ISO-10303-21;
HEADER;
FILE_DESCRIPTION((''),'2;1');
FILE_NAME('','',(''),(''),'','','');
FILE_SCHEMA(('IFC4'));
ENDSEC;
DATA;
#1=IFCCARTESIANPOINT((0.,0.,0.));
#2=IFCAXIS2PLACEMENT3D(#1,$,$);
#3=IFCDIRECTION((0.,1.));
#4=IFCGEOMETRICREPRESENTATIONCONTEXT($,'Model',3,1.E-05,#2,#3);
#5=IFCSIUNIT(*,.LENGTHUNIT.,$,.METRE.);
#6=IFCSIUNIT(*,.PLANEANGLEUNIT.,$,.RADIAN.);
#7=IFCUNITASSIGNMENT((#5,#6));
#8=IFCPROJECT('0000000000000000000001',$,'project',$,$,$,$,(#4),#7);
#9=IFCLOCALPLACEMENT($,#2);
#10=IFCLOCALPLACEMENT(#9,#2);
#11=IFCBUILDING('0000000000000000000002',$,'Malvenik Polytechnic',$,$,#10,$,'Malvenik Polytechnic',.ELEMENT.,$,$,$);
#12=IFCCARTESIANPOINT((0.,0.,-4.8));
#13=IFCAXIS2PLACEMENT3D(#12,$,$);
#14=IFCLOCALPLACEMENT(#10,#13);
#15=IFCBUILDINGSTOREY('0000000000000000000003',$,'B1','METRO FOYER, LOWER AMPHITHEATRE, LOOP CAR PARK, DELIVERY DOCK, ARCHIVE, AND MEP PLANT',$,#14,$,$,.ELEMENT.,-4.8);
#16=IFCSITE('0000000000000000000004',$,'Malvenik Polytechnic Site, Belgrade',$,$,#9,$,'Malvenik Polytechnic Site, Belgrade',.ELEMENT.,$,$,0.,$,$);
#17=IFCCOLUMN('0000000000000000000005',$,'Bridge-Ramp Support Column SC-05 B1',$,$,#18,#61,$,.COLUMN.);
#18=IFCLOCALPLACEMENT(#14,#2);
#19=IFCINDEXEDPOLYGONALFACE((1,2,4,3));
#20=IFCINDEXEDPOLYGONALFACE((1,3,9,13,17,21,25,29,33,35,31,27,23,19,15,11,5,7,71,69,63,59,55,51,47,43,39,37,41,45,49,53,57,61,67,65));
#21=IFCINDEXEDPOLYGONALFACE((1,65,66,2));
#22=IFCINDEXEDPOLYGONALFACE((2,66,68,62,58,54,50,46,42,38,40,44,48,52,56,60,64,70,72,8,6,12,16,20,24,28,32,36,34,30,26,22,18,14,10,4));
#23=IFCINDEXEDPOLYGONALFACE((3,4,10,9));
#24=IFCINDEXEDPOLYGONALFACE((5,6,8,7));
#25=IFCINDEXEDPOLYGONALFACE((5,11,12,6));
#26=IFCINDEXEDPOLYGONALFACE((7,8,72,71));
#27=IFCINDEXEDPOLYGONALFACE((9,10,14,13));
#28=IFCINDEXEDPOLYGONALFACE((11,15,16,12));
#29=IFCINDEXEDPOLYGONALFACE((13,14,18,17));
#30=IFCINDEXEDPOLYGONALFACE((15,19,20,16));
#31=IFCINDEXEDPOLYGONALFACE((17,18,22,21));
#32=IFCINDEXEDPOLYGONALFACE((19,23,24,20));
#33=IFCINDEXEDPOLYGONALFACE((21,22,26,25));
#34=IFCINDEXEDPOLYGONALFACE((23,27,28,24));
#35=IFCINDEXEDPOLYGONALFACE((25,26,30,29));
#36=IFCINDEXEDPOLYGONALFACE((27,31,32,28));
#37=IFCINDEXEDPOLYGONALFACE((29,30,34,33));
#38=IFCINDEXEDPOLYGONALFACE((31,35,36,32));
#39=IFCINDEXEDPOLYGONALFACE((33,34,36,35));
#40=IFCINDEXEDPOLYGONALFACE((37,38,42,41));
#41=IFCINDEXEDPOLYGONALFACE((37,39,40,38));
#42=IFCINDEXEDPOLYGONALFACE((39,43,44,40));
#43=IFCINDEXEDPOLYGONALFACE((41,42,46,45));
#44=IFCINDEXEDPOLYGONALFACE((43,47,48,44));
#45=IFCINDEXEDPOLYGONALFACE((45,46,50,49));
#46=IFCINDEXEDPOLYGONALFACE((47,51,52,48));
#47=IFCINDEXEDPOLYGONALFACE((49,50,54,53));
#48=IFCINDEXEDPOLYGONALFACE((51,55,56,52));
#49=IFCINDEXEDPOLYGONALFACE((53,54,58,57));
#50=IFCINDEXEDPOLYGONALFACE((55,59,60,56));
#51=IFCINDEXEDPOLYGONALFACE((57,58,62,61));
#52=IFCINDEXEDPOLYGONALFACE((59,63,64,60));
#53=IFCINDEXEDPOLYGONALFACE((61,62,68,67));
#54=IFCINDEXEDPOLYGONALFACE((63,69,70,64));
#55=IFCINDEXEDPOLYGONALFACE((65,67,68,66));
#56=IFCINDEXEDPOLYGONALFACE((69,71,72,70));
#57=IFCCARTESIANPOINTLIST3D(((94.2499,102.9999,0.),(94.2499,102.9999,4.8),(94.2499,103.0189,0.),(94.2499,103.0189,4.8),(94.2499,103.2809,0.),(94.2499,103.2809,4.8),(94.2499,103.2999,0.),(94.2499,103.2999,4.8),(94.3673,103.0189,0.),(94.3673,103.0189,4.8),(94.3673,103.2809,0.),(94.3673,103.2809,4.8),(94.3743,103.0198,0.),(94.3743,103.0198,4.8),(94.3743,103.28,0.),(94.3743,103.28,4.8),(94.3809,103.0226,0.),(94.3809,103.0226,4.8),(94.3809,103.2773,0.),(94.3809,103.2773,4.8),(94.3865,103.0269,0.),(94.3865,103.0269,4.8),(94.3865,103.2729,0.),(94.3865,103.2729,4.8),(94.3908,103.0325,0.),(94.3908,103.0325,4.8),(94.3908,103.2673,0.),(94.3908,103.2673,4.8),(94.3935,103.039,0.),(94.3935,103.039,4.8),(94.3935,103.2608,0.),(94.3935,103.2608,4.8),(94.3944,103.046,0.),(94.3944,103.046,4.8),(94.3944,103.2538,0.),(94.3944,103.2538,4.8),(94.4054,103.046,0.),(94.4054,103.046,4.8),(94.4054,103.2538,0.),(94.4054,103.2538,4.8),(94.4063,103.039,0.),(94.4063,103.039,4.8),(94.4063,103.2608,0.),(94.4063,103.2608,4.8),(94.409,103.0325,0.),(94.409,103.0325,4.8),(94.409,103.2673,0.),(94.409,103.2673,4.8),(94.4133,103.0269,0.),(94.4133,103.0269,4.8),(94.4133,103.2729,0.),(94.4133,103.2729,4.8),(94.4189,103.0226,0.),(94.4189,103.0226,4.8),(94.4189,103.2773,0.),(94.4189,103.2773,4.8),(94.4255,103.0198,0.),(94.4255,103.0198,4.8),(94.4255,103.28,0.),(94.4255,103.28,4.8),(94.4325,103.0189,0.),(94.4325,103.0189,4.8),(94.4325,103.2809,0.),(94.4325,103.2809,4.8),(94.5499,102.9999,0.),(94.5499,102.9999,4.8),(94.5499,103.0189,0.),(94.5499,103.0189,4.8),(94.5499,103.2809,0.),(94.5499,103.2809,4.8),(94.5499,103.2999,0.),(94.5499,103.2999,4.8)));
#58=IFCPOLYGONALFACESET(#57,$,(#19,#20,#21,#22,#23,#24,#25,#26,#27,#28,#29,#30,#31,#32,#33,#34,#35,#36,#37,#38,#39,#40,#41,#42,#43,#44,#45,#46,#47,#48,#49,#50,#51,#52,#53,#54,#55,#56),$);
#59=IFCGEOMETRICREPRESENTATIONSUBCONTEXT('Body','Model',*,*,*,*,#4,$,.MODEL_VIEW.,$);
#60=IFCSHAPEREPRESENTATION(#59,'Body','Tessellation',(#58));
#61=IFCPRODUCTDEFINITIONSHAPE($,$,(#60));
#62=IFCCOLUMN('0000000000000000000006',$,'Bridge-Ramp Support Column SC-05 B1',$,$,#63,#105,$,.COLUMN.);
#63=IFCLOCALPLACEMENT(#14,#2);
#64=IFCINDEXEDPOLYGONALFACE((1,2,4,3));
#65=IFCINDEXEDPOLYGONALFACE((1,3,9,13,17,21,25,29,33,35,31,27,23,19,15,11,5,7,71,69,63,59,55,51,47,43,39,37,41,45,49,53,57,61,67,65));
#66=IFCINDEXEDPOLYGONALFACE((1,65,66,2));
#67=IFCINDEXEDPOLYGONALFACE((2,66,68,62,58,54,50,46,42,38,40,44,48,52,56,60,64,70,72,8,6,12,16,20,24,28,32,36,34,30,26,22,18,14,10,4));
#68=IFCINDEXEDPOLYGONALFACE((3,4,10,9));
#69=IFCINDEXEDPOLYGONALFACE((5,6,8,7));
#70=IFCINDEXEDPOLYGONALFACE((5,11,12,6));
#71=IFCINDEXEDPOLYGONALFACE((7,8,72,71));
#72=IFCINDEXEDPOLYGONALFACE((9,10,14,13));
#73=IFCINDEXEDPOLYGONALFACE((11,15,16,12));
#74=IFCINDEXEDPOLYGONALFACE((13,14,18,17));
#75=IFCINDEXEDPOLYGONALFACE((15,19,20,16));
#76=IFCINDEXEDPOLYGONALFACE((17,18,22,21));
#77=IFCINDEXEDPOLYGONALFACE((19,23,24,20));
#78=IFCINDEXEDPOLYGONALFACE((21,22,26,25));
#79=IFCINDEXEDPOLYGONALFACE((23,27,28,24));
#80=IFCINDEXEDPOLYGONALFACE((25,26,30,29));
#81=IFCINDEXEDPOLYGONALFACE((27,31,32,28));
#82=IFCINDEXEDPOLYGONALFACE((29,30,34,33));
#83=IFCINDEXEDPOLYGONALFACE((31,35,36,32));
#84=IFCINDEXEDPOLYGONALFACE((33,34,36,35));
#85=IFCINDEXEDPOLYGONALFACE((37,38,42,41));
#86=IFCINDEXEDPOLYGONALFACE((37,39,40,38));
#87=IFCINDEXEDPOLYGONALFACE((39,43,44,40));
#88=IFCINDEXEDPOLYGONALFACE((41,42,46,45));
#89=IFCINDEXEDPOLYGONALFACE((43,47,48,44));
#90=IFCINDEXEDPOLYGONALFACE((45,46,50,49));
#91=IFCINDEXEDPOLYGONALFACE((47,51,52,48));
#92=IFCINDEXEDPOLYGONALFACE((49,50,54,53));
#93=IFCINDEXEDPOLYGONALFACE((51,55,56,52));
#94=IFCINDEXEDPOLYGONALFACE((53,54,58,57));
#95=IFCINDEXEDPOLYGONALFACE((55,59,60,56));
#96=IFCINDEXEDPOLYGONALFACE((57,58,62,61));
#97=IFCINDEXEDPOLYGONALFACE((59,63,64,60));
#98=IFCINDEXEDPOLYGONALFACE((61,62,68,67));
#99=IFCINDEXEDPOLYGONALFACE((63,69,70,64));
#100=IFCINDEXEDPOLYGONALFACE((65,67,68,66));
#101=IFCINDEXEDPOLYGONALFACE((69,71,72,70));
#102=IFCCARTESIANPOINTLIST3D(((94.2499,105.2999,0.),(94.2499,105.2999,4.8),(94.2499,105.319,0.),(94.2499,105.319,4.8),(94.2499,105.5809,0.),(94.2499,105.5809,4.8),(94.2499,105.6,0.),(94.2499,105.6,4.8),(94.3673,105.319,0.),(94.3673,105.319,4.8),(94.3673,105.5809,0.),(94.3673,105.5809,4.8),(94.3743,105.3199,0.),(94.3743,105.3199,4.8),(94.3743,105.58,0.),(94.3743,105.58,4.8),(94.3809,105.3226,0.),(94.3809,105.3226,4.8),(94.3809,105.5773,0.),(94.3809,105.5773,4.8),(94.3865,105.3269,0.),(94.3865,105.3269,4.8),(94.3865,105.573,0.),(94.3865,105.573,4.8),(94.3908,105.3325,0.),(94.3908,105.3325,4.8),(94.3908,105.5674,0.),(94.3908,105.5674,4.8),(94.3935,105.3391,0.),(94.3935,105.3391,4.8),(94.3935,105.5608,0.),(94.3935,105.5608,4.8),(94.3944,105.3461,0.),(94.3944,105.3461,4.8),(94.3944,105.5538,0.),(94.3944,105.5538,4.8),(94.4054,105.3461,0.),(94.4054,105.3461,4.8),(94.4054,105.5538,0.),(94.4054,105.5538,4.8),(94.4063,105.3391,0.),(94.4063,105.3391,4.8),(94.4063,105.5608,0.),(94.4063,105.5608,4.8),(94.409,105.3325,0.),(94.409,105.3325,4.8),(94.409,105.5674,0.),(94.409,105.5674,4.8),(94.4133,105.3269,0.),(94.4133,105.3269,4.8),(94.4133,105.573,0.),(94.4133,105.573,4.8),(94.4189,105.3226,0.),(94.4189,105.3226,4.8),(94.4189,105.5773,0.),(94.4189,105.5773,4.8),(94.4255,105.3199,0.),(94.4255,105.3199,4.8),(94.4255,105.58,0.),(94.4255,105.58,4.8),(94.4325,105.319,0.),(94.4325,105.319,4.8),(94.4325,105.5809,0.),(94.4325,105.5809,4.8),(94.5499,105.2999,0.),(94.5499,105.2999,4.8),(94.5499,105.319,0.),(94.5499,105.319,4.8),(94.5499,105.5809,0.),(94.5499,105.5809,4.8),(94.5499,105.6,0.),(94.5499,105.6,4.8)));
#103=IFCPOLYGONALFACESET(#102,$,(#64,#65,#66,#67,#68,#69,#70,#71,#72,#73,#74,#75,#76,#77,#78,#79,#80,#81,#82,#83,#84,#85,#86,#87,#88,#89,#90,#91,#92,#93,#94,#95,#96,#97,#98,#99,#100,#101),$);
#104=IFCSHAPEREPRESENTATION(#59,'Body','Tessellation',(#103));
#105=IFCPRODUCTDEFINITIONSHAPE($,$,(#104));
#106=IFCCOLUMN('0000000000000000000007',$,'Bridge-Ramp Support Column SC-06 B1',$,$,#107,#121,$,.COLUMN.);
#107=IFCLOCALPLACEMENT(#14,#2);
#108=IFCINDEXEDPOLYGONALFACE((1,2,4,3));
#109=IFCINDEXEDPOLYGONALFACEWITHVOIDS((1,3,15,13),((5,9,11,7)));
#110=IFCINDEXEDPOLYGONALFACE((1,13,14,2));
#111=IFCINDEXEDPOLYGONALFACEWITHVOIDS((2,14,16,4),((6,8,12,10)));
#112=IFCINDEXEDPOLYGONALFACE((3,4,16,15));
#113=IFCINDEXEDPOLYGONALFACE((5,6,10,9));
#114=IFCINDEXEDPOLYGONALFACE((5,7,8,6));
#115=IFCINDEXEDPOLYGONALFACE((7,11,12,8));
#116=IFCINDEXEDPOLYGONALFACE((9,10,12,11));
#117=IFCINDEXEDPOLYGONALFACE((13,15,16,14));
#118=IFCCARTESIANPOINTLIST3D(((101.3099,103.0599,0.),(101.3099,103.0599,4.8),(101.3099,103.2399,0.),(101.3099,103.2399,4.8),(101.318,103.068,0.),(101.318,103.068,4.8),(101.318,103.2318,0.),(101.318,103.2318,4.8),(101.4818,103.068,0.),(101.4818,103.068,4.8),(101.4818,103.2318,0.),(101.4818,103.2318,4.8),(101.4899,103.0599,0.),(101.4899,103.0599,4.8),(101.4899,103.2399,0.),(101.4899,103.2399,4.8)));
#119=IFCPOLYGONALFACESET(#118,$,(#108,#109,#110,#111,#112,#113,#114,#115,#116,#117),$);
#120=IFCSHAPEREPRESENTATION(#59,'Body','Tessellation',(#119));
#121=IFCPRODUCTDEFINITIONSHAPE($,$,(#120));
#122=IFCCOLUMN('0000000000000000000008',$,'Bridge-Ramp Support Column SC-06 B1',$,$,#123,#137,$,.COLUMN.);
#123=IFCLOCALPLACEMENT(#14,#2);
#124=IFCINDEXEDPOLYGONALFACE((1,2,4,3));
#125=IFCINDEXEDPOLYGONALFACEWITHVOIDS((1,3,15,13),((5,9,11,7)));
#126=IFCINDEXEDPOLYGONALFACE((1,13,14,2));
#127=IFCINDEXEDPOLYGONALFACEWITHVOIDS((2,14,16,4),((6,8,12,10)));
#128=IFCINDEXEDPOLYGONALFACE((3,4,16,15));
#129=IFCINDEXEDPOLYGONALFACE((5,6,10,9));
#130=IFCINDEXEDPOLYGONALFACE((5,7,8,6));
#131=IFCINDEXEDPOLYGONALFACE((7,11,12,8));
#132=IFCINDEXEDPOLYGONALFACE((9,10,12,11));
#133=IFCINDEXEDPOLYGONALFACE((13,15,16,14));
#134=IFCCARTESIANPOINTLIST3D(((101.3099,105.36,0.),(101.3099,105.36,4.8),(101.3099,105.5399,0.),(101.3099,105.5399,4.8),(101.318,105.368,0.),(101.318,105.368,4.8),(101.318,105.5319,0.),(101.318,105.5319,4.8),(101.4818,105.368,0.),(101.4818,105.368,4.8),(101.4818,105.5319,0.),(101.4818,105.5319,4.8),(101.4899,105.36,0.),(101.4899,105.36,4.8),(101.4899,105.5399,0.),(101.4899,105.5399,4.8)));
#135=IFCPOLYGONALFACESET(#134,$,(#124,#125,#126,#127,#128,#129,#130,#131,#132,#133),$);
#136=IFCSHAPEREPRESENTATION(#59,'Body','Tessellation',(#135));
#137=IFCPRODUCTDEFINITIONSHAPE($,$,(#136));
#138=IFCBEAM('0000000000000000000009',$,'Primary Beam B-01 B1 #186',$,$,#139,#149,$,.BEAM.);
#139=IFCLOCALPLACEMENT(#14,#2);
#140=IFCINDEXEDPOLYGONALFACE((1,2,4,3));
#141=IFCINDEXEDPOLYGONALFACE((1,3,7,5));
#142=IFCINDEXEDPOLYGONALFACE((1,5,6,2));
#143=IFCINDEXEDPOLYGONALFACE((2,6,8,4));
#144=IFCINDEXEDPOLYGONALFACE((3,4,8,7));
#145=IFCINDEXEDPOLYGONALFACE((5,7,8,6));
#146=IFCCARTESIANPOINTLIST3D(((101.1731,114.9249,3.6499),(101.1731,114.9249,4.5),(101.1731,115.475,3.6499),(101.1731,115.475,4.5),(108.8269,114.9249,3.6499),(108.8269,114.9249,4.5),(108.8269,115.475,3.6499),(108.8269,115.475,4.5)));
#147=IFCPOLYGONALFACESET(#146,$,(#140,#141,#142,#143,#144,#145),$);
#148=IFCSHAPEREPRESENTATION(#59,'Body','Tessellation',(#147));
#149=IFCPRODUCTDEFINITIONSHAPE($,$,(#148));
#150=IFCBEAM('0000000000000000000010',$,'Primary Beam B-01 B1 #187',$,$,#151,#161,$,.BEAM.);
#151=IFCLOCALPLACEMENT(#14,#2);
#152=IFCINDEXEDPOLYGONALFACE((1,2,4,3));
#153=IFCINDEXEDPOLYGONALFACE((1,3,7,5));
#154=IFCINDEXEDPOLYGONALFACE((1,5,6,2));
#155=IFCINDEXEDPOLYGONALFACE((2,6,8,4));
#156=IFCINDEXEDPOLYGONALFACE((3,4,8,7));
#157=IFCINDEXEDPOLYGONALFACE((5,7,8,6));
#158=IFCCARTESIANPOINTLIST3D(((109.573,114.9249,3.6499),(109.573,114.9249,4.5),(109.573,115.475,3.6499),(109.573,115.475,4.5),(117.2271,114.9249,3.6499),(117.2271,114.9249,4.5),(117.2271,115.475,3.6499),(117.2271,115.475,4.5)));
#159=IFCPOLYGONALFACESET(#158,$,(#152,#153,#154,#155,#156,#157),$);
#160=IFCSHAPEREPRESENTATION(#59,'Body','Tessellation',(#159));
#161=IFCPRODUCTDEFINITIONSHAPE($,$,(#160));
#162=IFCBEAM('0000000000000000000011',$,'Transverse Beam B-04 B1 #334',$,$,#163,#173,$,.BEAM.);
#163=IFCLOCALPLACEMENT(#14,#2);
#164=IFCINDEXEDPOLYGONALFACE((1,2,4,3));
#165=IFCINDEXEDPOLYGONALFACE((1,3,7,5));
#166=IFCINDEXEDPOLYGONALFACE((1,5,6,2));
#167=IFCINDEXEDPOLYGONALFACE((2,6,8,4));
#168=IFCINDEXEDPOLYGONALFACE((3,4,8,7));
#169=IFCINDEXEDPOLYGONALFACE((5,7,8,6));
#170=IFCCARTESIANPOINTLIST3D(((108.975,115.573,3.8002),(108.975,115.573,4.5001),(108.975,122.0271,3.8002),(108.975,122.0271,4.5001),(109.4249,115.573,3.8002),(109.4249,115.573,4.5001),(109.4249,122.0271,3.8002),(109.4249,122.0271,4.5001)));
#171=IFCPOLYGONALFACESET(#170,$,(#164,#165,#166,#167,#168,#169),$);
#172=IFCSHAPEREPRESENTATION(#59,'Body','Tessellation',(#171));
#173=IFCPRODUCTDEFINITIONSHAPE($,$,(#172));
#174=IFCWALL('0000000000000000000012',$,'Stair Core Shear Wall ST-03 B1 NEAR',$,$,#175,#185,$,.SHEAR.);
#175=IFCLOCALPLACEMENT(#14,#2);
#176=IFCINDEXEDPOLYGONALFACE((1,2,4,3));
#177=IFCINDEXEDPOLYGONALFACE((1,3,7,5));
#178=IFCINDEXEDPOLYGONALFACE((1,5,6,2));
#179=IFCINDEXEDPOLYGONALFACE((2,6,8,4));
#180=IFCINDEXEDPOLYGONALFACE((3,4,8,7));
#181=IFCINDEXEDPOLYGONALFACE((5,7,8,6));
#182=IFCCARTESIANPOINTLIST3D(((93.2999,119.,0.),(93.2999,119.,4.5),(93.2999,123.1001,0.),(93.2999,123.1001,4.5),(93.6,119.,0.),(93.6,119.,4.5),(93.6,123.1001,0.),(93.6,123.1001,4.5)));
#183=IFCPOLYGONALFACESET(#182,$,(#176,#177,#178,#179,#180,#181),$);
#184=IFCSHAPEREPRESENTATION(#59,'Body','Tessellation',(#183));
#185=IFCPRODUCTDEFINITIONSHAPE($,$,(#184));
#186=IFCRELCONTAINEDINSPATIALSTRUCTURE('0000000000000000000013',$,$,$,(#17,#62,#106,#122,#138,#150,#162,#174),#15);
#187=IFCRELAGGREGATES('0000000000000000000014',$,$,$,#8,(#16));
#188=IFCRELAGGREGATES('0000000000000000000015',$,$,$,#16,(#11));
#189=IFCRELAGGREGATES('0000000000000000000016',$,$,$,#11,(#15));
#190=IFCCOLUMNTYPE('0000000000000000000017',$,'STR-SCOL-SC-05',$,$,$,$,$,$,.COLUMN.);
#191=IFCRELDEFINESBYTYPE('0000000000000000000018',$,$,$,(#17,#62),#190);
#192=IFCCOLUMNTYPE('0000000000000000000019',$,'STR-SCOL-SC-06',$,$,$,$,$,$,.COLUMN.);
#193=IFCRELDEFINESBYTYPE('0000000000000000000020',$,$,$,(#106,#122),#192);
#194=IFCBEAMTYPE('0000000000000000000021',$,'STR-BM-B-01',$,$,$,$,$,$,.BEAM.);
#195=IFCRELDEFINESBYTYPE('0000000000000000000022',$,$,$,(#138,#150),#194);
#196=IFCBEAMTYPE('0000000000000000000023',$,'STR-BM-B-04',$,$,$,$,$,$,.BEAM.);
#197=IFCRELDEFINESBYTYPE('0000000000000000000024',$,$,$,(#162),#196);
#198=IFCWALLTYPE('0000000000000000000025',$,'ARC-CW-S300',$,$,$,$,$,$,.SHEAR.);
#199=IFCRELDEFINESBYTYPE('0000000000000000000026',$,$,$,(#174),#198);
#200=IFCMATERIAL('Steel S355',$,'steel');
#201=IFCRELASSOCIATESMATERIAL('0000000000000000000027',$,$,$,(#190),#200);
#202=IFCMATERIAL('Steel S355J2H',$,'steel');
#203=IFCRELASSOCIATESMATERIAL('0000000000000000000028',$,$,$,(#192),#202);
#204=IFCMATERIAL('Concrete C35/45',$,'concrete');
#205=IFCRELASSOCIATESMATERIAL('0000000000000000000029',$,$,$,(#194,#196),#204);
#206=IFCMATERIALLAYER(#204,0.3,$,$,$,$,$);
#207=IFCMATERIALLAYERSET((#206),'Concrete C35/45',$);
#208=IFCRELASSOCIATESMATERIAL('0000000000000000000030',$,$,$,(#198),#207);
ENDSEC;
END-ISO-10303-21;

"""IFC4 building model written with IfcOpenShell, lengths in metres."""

from ifc_helpers import new_model, si_unit, direction, frame, frame_2d, origin, origin_2d, place, context, subcontext, project, spatial, rectangle, hollow_rectangle, i_section, extrude, material, layer, layer_set, material_profile, profile_set, type_object, element, save


model = new_model("IFC4")

# Units and contexts
model_context = context("Model", 3, precision=1e-05, world=origin(), true_north=direction((0.0, 1.0)))
body_context = subcontext(model_context, "Body", "Model", "MODEL_VIEW")
ifc_project = project(units=[si_unit("LENGTHUNIT", "METRE"), si_unit("PLANEANGLEUNIT", "RADIAN")], contexts=[model_context])

# Site, building, storey
site_placement = place(None, origin())
site = spatial("IfcSite", under=ifc_project, at=site_placement, Name="Malvenik Polytechnic Site, Belgrade", LongName="Malvenik Polytechnic Site, Belgrade", CompositionType="ELEMENT", RefElevation=0.0)
building_placement = place(site_placement, origin())
building = spatial("IfcBuilding", under=site, at=building_placement, Name="Malvenik Polytechnic", LongName="Malvenik Polytechnic", CompositionType="ELEMENT")
storey_placement = place(building_placement, frame((0.0, 0.0, -4.8)))
storey = spatial("IfcBuildingStorey", under=building, at=storey_placement, Name="B1", Description="METRO FOYER, LOWER AMPHITHEATRE, LOOP CAR PARK, DELIVERY DOCK, ARCHIVE, AND MEP PLANT", CompositionType="ELEMENT", Elevation=-4.8)

# Shared definitions
ifc_material_1 = material(Name="Concrete C35/45", Category="concrete")

# Columns
ifc_material_2 = material(Name="Steel S355J2H", Category="steel")
ifc_material_3 = material(Name="Steel S355", Category="steel")
ifc_material_profile_1 = material_profile(ifc_material_3, i_section(OverallWidth=0.3, OverallDepth=0.3, WebThickness=0.011, FlangeThickness=0.019, FilletRadius=0.0271, at=origin_2d()), Name="HEB 300")
ifc_profile_set_1 = profile_set([ifc_material_profile_1], Name="Steel S355")
column_type_1 = type_object("IfcColumnType", Name="STR-SCOL-SC-05", PredefinedType="COLUMN", material=ifc_profile_set_1)
for number, where, z_axis, x_axis, name in (
    (1, (94.3999, 103.1499, 0.0), (0.0, 0.0, 1.0), (1.0, 0.0, 0.0), "Bridge-Ramp Support Column SC-05 B1"),
    (2, (94.3999, 105.45, 0.0), (0.0, 0.0, 1.0), (1.0, 0.0, 0.0), "Bridge-Ramp Support Column SC-05 B1"),
):
    element("IfcColumn", number, at=place(storey_placement, frame(where, z_axis=z_axis, x_axis=x_axis)), inside=storey, type_object=column_type_1, Name=name, PredefinedType="COLUMN", context=body_context, shape_type="SweptSolid", body=[
        extrude(i_section(OverallWidth=0.3, OverallDepth=0.3, WebThickness=0.011, FlangeThickness=0.019, FilletRadius=0.0271, at=origin_2d()), origin(), (0.0, 0.0, 1.0), 4.8),
    ])
ifc_material_profile_2 = material_profile(ifc_material_2, hollow_rectangle(XDim=0.1799, YDim=0.1799, WallThickness=0.0081, at=origin_2d()), Name="SHS 180x180x8.0")
ifc_profile_set_2 = profile_set([ifc_material_profile_2], Name="Steel S355J2H")
column_type_2 = type_object("IfcColumnType", Name="STR-SCOL-SC-06", PredefinedType="COLUMN", material=ifc_profile_set_2)
for number, where, z_axis, x_axis, name in (
    (3, (101.3999, 103.1499, 0.0), (0.0, 0.0, 1.0), (1.0, 0.0, 0.0), "Bridge-Ramp Support Column SC-06 B1"),
    (4, (101.3999, 105.45, 0.0), (0.0, 0.0, 1.0), (1.0, 0.0, 0.0), "Bridge-Ramp Support Column SC-06 B1"),
):
    element("IfcColumn", number, at=place(storey_placement, frame(where, z_axis=z_axis, x_axis=x_axis)), inside=storey, type_object=column_type_2, Name=name, PredefinedType="COLUMN", context=body_context, shape_type="SweptSolid", body=[
        extrude(hollow_rectangle(XDim=0.1799, YDim=0.1799, WallThickness=0.0081, at=origin_2d()), origin(), (0.0, 0.0, 1.0), 4.8),
    ])

# Beams
ifc_material_profile_3 = material_profile(ifc_material_1, rectangle(XDim=0.55, YDim=0.8501, at=origin_2d()), Name="RC BM 550x850")
ifc_profile_set_3 = profile_set([ifc_material_profile_3], Name="Concrete C35/45")
beam_type_1 = type_object("IfcBeamType", Name="STR-BM-B-01", PredefinedType="BEAM", material=ifc_profile_set_3)
beam_1_placement = place(storey_placement, frame((101.1731, 115.2, 4.075), z_axis=(1.0, 0.0, 0.0), x_axis=(0.0, 1.0, 0.0)))
element("IfcBeam", 5, at=beam_1_placement, inside=storey, type_object=beam_type_1, Name="Primary Beam B-01 B1 #186", PredefinedType="BEAM", context=body_context, shape_type="SweptSolid", body=[
    extrude(rectangle(XDim=0.55, YDim=0.8501, at=origin_2d()), origin(), (0.0, 0.0, 1.0), 7.6538),
])
beam_2_placement = place(storey_placement, frame((109.573, 115.2, 4.075), z_axis=(1.0, 0.0, 0.0), x_axis=(0.0, 1.0, 0.0)))
element("IfcBeam", 6, at=beam_2_placement, inside=storey, type_object=beam_type_1, Name="Primary Beam B-01 B1 #187", PredefinedType="BEAM", context=body_context, shape_type="SweptSolid", body=[
    extrude(rectangle(XDim=0.55, YDim=0.8501, at=origin_2d()), origin(), (0.0, 0.0, 1.0), 7.6541),
])
ifc_material_profile_4 = material_profile(ifc_material_1, rectangle(XDim=0.45, YDim=0.7, at=origin_2d()), Name="RC BM 450x700")
ifc_profile_set_4 = profile_set([ifc_material_profile_4], Name="Concrete C35/45")
beam_type_2 = type_object("IfcBeamType", Name="STR-BM-B-04", PredefinedType="BEAM", material=ifc_profile_set_4)
beam_3_placement = place(storey_placement, frame((109.2, 115.573, 4.1501), z_axis=(0.0, 1.0, 0.0), x_axis=(-1.0, 0.0, 0.0)))
element("IfcBeam", 7, at=beam_3_placement, inside=storey, type_object=beam_type_2, Name="Transverse Beam B-04 B1 #334", PredefinedType="BEAM", context=body_context, shape_type="SweptSolid", body=[
    extrude(rectangle(XDim=0.45, YDim=0.7, at=origin_2d()), origin(), (0.0, 0.0, 1.0), 6.4541),
])

# Wall
ifc_layer_1 = layer(ifc_material_1, 0.3)
ifc_layer_set_1 = layer_set([ifc_layer_1], Name="Concrete C35/45")
wall_type_1 = type_object("IfcWallType", Name="ARC-CW-S300", PredefinedType="SHEAR", material=ifc_layer_set_1)
wall_1_placement = place(storey_placement, frame((93.45, 119.0, 0.0), z_axis=(0.0, 0.0, 1.0), x_axis=(0.0, 1.0, 0.0)))
element("IfcWall", 8, at=wall_1_placement, inside=storey, type_object=wall_type_1, Name="Stair Core Shear Wall ST-03 B1 NEAR", PredefinedType="SHEAR", context=body_context, shape_type="SweptSolid", body=[
    extrude(rectangle(XDim=4.1001, YDim=0.3, at=frame_2d((2.05, 0.0))), origin(), (0.0, 0.0, 1.0), 4.5),
])

save(model, "model.ifc")
